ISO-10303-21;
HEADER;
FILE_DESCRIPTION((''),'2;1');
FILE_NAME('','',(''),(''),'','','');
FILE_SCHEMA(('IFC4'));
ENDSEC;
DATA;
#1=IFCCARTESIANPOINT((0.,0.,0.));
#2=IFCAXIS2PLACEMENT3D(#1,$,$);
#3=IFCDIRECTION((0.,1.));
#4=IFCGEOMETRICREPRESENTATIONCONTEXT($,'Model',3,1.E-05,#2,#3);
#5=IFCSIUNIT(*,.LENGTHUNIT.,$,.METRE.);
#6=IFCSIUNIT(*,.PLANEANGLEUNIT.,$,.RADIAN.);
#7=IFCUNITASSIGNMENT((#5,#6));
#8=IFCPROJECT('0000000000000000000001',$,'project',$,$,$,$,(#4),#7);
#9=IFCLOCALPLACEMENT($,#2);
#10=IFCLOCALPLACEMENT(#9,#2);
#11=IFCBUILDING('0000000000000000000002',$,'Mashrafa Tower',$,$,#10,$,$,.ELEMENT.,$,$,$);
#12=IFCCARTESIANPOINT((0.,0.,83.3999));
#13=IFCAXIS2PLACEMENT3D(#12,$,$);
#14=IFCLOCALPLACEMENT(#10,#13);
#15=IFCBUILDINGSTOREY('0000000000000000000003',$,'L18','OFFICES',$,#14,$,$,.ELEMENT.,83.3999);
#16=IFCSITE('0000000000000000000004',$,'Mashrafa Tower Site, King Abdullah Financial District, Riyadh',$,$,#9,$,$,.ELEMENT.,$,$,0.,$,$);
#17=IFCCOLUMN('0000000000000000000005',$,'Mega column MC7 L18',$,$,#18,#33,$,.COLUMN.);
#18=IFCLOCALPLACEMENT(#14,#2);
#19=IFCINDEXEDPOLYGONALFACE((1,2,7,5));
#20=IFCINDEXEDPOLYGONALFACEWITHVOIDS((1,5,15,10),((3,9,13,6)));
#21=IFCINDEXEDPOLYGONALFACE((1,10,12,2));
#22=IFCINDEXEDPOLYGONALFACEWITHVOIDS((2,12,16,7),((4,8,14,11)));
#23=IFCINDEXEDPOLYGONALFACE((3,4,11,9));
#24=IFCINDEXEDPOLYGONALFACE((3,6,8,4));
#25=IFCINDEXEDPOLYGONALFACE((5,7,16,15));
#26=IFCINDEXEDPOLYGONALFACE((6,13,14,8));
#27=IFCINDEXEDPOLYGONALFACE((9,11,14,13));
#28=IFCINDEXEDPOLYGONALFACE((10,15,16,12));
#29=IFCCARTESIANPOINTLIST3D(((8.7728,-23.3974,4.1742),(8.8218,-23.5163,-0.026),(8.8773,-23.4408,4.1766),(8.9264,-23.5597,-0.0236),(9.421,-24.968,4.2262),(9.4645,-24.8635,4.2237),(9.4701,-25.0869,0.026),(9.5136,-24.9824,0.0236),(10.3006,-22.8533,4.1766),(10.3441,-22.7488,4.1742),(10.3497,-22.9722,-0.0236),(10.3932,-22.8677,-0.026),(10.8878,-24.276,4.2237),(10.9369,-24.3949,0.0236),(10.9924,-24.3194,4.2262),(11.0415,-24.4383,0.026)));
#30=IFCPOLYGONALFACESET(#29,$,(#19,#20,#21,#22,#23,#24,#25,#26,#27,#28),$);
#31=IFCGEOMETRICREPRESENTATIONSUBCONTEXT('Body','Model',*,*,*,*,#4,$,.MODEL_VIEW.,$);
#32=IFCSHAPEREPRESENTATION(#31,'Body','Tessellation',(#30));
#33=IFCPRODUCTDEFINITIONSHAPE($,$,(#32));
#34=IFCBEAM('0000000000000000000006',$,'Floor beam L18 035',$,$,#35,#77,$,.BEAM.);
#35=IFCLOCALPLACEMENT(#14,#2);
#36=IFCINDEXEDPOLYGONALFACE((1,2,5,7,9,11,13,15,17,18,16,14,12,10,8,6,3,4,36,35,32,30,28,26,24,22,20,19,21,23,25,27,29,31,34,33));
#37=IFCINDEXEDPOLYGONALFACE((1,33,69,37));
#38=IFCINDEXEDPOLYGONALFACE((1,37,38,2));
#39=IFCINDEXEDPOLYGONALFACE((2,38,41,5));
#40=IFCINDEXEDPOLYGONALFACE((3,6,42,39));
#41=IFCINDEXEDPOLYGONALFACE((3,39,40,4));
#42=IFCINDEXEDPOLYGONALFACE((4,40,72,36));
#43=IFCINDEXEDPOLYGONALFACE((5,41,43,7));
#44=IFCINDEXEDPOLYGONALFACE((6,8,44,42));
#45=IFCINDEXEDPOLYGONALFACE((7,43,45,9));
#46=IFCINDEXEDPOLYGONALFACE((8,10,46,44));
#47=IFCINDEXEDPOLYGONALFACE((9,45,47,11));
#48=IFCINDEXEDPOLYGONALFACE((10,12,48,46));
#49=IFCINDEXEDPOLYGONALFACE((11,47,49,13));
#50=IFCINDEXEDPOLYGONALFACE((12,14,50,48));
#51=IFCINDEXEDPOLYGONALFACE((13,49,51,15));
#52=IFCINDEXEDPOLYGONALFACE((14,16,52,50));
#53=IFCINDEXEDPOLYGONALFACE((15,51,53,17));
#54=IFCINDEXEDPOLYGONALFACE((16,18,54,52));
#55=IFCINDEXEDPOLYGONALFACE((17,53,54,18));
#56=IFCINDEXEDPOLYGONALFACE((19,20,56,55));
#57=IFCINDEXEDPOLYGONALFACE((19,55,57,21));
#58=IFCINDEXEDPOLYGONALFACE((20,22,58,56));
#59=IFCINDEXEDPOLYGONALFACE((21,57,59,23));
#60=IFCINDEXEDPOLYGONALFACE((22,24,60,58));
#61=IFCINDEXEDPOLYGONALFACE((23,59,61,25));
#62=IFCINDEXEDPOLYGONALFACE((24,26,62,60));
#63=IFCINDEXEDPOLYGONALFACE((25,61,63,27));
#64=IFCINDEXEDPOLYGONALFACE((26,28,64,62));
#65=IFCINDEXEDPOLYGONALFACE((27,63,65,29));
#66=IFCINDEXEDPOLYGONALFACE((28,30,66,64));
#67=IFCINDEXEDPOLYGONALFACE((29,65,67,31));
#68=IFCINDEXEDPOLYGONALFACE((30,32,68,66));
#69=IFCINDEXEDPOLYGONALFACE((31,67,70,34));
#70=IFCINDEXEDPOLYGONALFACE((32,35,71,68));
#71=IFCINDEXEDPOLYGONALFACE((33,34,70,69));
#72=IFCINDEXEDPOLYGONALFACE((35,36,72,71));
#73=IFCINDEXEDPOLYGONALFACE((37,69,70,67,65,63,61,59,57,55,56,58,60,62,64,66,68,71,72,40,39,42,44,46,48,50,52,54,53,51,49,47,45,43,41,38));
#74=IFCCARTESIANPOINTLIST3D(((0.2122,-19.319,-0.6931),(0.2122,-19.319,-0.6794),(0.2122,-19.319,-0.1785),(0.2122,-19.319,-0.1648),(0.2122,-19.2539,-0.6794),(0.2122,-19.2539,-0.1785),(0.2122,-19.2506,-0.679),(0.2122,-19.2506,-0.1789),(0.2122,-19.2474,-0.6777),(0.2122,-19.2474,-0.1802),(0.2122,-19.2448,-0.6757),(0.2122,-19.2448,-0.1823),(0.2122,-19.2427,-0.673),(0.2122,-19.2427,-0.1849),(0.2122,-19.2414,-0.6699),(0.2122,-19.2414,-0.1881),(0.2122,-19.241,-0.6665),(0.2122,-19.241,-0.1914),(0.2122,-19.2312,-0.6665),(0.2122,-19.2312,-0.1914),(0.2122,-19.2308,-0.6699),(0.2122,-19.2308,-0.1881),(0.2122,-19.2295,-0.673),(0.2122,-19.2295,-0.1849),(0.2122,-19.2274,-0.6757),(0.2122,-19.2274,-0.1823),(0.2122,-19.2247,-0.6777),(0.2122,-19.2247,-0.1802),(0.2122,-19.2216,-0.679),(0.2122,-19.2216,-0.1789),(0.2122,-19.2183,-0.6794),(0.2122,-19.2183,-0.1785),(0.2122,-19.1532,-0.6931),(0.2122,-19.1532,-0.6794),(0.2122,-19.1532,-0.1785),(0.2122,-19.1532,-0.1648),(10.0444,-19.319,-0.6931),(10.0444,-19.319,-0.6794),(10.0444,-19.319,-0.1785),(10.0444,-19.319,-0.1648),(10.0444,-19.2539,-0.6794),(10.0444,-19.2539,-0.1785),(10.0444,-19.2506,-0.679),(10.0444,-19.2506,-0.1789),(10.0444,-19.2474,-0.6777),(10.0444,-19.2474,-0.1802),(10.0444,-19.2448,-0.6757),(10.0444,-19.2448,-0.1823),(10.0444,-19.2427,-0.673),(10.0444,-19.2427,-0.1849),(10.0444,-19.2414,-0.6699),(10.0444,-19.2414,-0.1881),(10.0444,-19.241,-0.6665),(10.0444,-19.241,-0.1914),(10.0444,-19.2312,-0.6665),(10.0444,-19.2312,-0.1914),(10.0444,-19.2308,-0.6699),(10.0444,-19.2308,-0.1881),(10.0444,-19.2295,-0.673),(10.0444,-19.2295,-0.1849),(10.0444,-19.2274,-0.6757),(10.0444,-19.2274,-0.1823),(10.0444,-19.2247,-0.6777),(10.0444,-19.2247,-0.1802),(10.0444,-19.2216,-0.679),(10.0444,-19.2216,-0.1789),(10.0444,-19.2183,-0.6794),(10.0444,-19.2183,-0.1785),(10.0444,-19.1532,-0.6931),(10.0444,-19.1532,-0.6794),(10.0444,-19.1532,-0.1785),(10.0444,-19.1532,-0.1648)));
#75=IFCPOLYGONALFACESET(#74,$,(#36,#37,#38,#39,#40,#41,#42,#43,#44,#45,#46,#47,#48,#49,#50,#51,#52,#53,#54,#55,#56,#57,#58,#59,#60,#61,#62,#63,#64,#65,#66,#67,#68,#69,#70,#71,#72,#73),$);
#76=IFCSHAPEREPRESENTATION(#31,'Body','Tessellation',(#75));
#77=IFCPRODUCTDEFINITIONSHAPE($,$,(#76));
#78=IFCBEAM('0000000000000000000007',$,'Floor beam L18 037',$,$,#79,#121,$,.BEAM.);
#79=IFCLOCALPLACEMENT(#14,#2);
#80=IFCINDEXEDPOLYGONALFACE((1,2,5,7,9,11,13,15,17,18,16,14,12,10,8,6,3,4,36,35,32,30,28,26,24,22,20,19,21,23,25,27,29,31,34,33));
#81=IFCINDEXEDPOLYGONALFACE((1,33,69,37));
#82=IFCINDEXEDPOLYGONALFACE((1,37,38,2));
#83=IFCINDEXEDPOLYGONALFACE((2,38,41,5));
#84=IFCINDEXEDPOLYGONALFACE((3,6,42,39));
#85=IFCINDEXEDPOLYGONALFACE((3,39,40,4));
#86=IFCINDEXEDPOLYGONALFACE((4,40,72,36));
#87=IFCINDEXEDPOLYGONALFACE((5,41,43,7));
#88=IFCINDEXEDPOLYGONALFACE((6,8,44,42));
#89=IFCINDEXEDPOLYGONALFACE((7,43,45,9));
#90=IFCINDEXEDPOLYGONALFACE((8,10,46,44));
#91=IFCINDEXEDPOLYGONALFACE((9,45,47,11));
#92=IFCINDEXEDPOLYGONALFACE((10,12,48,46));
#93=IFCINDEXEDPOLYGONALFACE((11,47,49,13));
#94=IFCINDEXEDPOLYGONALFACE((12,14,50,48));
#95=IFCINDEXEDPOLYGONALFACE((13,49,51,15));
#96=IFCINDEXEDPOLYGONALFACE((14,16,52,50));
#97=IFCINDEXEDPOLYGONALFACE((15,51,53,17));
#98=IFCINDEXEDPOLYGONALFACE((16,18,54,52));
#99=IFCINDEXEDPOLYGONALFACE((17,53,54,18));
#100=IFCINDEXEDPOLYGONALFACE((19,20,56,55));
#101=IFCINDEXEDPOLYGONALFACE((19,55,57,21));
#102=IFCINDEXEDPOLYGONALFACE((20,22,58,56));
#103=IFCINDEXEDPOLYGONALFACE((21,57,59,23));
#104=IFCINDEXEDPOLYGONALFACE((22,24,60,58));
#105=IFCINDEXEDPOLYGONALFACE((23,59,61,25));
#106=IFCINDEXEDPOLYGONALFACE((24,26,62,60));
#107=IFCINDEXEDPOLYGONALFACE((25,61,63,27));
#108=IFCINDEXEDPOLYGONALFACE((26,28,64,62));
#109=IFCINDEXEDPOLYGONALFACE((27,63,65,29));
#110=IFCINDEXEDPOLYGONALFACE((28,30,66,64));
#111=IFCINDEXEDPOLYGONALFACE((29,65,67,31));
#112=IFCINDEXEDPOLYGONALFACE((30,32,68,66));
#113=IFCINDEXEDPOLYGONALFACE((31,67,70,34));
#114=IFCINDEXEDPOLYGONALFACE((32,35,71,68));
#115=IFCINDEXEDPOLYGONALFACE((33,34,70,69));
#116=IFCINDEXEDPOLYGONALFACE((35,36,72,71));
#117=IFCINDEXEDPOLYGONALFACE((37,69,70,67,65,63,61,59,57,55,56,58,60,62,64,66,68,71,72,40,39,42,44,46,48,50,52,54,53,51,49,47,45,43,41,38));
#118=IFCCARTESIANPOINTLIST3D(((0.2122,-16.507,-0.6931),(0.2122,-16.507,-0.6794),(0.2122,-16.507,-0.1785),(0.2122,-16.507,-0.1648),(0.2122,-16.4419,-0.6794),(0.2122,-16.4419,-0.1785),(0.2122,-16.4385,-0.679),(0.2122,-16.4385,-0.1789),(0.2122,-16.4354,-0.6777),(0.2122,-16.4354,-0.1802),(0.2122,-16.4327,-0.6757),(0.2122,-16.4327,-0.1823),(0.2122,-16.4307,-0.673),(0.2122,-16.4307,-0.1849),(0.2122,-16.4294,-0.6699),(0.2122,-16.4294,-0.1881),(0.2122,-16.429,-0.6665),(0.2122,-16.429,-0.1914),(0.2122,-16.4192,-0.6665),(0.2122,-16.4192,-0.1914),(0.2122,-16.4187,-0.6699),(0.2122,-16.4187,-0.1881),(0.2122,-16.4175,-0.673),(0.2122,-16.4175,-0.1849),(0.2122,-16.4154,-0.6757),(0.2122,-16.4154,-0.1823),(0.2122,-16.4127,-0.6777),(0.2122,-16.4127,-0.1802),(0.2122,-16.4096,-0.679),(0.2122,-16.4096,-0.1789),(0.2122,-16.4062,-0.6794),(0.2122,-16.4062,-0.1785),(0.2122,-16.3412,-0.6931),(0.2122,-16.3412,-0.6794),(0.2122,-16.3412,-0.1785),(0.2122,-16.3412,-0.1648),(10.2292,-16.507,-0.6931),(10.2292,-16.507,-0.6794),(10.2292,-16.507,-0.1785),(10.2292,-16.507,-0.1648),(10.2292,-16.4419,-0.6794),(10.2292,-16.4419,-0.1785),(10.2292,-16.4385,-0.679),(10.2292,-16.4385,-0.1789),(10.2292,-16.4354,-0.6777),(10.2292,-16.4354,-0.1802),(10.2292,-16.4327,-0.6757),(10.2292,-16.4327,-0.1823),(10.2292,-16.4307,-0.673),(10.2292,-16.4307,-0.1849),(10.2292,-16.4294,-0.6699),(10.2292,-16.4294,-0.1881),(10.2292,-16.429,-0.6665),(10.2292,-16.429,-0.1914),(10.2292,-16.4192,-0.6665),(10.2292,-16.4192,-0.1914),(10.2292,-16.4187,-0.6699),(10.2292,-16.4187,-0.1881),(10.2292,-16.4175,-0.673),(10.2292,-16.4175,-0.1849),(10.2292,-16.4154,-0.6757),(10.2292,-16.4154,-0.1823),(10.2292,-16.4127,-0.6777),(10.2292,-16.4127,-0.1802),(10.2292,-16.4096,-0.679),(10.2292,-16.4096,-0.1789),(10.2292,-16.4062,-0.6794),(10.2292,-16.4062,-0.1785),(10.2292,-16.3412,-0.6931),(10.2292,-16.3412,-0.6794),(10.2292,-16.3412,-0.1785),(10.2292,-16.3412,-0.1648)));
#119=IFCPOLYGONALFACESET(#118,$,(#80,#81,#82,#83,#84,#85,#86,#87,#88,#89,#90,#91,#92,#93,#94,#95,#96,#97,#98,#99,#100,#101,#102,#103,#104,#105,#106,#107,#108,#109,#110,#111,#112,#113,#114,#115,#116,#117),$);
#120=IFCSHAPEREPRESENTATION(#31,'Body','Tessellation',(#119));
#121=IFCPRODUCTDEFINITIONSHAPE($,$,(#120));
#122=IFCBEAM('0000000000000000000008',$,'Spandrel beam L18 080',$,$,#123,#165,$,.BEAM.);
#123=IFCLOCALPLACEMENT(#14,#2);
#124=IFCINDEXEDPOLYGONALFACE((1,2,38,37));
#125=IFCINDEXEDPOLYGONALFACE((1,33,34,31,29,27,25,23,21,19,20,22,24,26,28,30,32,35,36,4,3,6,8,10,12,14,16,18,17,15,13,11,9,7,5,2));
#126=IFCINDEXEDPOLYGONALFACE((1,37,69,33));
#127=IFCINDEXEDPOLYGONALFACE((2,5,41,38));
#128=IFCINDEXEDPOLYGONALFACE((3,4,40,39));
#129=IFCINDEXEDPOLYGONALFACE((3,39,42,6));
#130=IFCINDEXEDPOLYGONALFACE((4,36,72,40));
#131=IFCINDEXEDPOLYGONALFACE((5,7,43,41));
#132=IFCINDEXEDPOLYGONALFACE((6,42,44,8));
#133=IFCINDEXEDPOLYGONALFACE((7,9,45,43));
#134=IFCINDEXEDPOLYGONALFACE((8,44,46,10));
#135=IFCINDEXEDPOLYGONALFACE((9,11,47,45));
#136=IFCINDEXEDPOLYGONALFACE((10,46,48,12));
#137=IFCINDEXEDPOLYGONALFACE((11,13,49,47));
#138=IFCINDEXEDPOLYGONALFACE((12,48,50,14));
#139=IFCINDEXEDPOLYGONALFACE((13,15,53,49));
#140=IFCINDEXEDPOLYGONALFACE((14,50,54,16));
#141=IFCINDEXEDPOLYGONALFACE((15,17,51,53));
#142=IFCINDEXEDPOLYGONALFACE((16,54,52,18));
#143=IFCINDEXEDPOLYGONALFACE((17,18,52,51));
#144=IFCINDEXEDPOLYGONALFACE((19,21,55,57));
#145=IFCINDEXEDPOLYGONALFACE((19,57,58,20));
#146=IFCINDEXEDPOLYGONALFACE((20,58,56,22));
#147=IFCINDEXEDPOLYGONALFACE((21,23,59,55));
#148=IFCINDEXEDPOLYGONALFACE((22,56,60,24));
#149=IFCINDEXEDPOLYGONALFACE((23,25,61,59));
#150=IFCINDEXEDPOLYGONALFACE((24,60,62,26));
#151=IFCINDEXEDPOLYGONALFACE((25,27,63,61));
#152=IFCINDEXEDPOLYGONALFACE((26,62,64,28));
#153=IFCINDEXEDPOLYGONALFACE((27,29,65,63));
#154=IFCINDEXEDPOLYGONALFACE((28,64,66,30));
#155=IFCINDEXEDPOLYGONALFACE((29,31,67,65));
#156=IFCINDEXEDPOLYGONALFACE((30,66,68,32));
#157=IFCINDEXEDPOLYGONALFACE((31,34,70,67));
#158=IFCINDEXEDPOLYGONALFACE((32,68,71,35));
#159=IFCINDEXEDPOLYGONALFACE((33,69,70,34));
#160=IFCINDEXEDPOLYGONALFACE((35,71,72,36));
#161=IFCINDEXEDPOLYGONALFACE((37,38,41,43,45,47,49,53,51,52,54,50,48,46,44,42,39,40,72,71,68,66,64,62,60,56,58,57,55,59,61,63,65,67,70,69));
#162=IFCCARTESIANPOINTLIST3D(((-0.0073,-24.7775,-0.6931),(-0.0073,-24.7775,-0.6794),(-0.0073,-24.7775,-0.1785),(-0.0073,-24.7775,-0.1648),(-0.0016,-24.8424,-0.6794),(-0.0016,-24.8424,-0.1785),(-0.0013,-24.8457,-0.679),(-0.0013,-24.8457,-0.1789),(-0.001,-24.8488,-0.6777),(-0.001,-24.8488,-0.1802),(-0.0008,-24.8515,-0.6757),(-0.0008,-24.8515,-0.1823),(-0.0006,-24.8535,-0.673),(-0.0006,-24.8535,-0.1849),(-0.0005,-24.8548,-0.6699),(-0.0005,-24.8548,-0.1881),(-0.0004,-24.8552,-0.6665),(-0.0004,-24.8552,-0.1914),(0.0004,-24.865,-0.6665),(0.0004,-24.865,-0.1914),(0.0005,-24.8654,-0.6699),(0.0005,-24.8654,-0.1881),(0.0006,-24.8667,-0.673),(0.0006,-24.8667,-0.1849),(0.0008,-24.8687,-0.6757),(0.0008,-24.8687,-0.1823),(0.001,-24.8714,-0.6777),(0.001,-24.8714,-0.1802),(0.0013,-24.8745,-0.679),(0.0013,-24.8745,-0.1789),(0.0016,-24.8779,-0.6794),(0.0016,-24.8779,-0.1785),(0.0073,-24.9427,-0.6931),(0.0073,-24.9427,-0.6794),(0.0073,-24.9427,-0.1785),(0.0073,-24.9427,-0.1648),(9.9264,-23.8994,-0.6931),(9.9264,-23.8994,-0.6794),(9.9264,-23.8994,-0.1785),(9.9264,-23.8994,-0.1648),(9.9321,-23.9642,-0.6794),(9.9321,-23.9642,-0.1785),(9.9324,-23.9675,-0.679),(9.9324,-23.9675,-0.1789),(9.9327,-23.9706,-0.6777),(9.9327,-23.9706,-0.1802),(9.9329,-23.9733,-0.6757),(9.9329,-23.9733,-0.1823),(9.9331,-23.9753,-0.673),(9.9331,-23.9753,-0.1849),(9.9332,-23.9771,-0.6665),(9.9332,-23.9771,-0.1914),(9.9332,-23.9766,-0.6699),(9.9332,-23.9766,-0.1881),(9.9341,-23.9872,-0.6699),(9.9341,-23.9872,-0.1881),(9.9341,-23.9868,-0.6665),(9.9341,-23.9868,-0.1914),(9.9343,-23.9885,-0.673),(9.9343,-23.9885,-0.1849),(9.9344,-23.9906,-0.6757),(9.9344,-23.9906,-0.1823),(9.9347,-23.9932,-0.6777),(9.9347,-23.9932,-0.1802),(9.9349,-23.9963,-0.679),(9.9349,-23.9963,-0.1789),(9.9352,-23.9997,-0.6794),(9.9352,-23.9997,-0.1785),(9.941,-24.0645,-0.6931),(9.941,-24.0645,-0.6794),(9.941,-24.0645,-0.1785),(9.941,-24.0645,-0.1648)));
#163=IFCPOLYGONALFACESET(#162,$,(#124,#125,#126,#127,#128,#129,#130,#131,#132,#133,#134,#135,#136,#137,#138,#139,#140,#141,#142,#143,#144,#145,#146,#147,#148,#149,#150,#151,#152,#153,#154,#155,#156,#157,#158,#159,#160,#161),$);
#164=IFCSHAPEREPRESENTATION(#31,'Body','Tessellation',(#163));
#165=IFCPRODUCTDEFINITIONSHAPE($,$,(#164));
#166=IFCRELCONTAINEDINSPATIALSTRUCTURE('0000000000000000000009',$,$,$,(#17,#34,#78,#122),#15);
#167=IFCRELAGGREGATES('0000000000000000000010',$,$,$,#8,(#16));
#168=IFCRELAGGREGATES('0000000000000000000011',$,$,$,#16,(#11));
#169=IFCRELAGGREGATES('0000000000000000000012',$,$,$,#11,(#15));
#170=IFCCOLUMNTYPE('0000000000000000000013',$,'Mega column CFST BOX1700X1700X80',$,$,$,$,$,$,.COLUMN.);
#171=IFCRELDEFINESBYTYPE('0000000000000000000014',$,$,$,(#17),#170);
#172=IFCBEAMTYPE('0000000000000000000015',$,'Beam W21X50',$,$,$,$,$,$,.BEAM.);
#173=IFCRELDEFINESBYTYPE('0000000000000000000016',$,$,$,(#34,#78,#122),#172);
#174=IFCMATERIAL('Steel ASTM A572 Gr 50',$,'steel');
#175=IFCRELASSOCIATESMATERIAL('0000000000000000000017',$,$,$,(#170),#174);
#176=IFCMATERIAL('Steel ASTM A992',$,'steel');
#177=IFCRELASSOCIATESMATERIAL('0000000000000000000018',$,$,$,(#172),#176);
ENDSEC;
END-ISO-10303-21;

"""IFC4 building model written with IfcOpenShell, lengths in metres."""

from ifc_helpers import new_model, si_unit, direction, frame, origin, origin_2d, place, context, subcontext, project, spatial, hollow_rectangle, i_section, extrude, material, material_profile, profile_set, type_object, element, save


model = new_model("IFC4")

# Units and contexts
model_context = context("Model", 3, precision=1e-05, world=origin(), true_north=direction((0.0, 1.0)))
body_context = subcontext(model_context, "Body", "Model", "MODEL_VIEW")
ifc_project = project(units=[si_unit("LENGTHUNIT", "METRE"), si_unit("PLANEANGLEUNIT", "RADIAN")], contexts=[model_context])

# Site, building, storey
site_placement = place(None, origin())
site = spatial("IfcSite", under=ifc_project, at=site_placement, Name="Mashrafa Tower Site, King Abdullah Financial District, Riyadh", CompositionType="ELEMENT", RefElevation=0.0)
building_placement = place(site_placement, origin())
building = spatial("IfcBuilding", under=site, at=building_placement, Name="Mashrafa Tower", CompositionType="ELEMENT")
storey_placement = place(building_placement, frame((0.0, 0.0, 83.3999)))
storey = spatial("IfcBuildingStorey", under=building, at=storey_placement, Name="L18", Description="OFFICES", CompositionType="ELEMENT", Elevation=83.3999)

# Column
ifc_material_1 = material(Name="Steel ASTM A572 Gr 50", Category="steel")
ifc_material_profile_1 = material_profile(ifc_material_1, hollow_rectangle(XDim=1.7, YDim=1.7, WallThickness=0.0801, at=origin_2d()), Name="BOX1700X1700X80")
ifc_profile_set_1 = profile_set([ifc_material_profile_1], Name="Steel ASTM A572 Gr 50")
column_type = type_object("IfcColumnType", Name="Mega column CFST BOX1700X1700X80", PredefinedType="COLUMN", material=ifc_profile_set_1)
column_placement = place(storey_placement, frame((9.9316, -23.9773, 0.0), z_axis=(-0.011678, 0.028294, 0.999531), x_axis=(-0.924363, -0.381513, 0.0)))
element("IfcColumn", 1, at=column_placement, inside=storey, type_object=column_type, Name="Mega column MC7 L18", PredefinedType="COLUMN", context=body_context, shape_type="SweptSolid", body=[
    extrude(hollow_rectangle(XDim=1.7, YDim=1.7, WallThickness=0.0801, at=origin_2d()), origin(), (0.0, 0.0, 1.0), 4.2021),
])

# Beams
ifc_material_2 = material(Name="Steel ASTM A992", Category="steel")
ifc_material_profile_2 = material_profile(ifc_material_2, i_section(OverallWidth=0.1658, OverallDepth=0.5283, WebThickness=0.0098, FlangeThickness=0.0137, FilletRadius=0.0129, at=origin_2d()), Name="W21X50")
ifc_profile_set_2 = profile_set([ifc_material_profile_2], Name="Steel ASTM A992")
beam_type_1 = type_object("IfcBeamType", Name="Beam W21X50", PredefinedType="BEAM", material=ifc_profile_set_2)
beam_1_placement = place(storey_placement, frame((10.0444, -19.2361, -0.429), z_axis=(-1.0, 0.0, 0.0), x_axis=(0.0, -1.0, 0.0)))
element("IfcBeam", 2, at=beam_1_placement, inside=storey, type_object=beam_type_1, Name="Floor beam L18 035", PredefinedType="BEAM", context=body_context, shape_type="SweptSolid", body=[
    extrude(i_section(OverallWidth=0.1658, OverallDepth=0.5283, WebThickness=0.0098, FlangeThickness=0.0137, FilletRadius=0.0129, at=origin_2d()), origin(), (0.0, 0.0, 1.0), 9.8323),
])
beam_2_placement = place(storey_placement, frame((10.2292, -16.4241, -0.429), z_axis=(-1.0, 0.0, 0.0), x_axis=(0.0, -1.0, 0.0)))
element("IfcBeam", 3, at=beam_2_placement, inside=storey, type_object=beam_type_1, Name="Floor beam L18 037", PredefinedType="BEAM", context=body_context, shape_type="SweptSolid", body=[
    extrude(i_section(OverallWidth=0.1658, OverallDepth=0.5283, WebThickness=0.0098, FlangeThickness=0.0137, FilletRadius=0.0129, at=origin_2d()), origin(), (0.0, 0.0, 1.0), 10.0171),
])
for number, where, z_axis, x_axis, name in (
    (4, (0.0, -24.8601, -0.429), (0.996115, 0.088061, 0.0), (-0.088061, 0.996115, 0.0), "Spandrel beam L18 080"),
):
    element("IfcBeam", number, at=place(storey_placement, frame(where, z_axis=z_axis, x_axis=x_axis)), inside=storey, type_object=beam_type_1, Name=name, PredefinedType="BEAM", context=body_context, shape_type="SweptSolid", body=[
        extrude(i_section(OverallWidth=0.1658, OverallDepth=0.5283, WebThickness=0.0098, FlangeThickness=0.0137, FilletRadius=0.0129, at=origin_2d()), origin(), (0.0, 0.0, 1.0), 9.9724),
    ])

save(model, "model.ifc")
